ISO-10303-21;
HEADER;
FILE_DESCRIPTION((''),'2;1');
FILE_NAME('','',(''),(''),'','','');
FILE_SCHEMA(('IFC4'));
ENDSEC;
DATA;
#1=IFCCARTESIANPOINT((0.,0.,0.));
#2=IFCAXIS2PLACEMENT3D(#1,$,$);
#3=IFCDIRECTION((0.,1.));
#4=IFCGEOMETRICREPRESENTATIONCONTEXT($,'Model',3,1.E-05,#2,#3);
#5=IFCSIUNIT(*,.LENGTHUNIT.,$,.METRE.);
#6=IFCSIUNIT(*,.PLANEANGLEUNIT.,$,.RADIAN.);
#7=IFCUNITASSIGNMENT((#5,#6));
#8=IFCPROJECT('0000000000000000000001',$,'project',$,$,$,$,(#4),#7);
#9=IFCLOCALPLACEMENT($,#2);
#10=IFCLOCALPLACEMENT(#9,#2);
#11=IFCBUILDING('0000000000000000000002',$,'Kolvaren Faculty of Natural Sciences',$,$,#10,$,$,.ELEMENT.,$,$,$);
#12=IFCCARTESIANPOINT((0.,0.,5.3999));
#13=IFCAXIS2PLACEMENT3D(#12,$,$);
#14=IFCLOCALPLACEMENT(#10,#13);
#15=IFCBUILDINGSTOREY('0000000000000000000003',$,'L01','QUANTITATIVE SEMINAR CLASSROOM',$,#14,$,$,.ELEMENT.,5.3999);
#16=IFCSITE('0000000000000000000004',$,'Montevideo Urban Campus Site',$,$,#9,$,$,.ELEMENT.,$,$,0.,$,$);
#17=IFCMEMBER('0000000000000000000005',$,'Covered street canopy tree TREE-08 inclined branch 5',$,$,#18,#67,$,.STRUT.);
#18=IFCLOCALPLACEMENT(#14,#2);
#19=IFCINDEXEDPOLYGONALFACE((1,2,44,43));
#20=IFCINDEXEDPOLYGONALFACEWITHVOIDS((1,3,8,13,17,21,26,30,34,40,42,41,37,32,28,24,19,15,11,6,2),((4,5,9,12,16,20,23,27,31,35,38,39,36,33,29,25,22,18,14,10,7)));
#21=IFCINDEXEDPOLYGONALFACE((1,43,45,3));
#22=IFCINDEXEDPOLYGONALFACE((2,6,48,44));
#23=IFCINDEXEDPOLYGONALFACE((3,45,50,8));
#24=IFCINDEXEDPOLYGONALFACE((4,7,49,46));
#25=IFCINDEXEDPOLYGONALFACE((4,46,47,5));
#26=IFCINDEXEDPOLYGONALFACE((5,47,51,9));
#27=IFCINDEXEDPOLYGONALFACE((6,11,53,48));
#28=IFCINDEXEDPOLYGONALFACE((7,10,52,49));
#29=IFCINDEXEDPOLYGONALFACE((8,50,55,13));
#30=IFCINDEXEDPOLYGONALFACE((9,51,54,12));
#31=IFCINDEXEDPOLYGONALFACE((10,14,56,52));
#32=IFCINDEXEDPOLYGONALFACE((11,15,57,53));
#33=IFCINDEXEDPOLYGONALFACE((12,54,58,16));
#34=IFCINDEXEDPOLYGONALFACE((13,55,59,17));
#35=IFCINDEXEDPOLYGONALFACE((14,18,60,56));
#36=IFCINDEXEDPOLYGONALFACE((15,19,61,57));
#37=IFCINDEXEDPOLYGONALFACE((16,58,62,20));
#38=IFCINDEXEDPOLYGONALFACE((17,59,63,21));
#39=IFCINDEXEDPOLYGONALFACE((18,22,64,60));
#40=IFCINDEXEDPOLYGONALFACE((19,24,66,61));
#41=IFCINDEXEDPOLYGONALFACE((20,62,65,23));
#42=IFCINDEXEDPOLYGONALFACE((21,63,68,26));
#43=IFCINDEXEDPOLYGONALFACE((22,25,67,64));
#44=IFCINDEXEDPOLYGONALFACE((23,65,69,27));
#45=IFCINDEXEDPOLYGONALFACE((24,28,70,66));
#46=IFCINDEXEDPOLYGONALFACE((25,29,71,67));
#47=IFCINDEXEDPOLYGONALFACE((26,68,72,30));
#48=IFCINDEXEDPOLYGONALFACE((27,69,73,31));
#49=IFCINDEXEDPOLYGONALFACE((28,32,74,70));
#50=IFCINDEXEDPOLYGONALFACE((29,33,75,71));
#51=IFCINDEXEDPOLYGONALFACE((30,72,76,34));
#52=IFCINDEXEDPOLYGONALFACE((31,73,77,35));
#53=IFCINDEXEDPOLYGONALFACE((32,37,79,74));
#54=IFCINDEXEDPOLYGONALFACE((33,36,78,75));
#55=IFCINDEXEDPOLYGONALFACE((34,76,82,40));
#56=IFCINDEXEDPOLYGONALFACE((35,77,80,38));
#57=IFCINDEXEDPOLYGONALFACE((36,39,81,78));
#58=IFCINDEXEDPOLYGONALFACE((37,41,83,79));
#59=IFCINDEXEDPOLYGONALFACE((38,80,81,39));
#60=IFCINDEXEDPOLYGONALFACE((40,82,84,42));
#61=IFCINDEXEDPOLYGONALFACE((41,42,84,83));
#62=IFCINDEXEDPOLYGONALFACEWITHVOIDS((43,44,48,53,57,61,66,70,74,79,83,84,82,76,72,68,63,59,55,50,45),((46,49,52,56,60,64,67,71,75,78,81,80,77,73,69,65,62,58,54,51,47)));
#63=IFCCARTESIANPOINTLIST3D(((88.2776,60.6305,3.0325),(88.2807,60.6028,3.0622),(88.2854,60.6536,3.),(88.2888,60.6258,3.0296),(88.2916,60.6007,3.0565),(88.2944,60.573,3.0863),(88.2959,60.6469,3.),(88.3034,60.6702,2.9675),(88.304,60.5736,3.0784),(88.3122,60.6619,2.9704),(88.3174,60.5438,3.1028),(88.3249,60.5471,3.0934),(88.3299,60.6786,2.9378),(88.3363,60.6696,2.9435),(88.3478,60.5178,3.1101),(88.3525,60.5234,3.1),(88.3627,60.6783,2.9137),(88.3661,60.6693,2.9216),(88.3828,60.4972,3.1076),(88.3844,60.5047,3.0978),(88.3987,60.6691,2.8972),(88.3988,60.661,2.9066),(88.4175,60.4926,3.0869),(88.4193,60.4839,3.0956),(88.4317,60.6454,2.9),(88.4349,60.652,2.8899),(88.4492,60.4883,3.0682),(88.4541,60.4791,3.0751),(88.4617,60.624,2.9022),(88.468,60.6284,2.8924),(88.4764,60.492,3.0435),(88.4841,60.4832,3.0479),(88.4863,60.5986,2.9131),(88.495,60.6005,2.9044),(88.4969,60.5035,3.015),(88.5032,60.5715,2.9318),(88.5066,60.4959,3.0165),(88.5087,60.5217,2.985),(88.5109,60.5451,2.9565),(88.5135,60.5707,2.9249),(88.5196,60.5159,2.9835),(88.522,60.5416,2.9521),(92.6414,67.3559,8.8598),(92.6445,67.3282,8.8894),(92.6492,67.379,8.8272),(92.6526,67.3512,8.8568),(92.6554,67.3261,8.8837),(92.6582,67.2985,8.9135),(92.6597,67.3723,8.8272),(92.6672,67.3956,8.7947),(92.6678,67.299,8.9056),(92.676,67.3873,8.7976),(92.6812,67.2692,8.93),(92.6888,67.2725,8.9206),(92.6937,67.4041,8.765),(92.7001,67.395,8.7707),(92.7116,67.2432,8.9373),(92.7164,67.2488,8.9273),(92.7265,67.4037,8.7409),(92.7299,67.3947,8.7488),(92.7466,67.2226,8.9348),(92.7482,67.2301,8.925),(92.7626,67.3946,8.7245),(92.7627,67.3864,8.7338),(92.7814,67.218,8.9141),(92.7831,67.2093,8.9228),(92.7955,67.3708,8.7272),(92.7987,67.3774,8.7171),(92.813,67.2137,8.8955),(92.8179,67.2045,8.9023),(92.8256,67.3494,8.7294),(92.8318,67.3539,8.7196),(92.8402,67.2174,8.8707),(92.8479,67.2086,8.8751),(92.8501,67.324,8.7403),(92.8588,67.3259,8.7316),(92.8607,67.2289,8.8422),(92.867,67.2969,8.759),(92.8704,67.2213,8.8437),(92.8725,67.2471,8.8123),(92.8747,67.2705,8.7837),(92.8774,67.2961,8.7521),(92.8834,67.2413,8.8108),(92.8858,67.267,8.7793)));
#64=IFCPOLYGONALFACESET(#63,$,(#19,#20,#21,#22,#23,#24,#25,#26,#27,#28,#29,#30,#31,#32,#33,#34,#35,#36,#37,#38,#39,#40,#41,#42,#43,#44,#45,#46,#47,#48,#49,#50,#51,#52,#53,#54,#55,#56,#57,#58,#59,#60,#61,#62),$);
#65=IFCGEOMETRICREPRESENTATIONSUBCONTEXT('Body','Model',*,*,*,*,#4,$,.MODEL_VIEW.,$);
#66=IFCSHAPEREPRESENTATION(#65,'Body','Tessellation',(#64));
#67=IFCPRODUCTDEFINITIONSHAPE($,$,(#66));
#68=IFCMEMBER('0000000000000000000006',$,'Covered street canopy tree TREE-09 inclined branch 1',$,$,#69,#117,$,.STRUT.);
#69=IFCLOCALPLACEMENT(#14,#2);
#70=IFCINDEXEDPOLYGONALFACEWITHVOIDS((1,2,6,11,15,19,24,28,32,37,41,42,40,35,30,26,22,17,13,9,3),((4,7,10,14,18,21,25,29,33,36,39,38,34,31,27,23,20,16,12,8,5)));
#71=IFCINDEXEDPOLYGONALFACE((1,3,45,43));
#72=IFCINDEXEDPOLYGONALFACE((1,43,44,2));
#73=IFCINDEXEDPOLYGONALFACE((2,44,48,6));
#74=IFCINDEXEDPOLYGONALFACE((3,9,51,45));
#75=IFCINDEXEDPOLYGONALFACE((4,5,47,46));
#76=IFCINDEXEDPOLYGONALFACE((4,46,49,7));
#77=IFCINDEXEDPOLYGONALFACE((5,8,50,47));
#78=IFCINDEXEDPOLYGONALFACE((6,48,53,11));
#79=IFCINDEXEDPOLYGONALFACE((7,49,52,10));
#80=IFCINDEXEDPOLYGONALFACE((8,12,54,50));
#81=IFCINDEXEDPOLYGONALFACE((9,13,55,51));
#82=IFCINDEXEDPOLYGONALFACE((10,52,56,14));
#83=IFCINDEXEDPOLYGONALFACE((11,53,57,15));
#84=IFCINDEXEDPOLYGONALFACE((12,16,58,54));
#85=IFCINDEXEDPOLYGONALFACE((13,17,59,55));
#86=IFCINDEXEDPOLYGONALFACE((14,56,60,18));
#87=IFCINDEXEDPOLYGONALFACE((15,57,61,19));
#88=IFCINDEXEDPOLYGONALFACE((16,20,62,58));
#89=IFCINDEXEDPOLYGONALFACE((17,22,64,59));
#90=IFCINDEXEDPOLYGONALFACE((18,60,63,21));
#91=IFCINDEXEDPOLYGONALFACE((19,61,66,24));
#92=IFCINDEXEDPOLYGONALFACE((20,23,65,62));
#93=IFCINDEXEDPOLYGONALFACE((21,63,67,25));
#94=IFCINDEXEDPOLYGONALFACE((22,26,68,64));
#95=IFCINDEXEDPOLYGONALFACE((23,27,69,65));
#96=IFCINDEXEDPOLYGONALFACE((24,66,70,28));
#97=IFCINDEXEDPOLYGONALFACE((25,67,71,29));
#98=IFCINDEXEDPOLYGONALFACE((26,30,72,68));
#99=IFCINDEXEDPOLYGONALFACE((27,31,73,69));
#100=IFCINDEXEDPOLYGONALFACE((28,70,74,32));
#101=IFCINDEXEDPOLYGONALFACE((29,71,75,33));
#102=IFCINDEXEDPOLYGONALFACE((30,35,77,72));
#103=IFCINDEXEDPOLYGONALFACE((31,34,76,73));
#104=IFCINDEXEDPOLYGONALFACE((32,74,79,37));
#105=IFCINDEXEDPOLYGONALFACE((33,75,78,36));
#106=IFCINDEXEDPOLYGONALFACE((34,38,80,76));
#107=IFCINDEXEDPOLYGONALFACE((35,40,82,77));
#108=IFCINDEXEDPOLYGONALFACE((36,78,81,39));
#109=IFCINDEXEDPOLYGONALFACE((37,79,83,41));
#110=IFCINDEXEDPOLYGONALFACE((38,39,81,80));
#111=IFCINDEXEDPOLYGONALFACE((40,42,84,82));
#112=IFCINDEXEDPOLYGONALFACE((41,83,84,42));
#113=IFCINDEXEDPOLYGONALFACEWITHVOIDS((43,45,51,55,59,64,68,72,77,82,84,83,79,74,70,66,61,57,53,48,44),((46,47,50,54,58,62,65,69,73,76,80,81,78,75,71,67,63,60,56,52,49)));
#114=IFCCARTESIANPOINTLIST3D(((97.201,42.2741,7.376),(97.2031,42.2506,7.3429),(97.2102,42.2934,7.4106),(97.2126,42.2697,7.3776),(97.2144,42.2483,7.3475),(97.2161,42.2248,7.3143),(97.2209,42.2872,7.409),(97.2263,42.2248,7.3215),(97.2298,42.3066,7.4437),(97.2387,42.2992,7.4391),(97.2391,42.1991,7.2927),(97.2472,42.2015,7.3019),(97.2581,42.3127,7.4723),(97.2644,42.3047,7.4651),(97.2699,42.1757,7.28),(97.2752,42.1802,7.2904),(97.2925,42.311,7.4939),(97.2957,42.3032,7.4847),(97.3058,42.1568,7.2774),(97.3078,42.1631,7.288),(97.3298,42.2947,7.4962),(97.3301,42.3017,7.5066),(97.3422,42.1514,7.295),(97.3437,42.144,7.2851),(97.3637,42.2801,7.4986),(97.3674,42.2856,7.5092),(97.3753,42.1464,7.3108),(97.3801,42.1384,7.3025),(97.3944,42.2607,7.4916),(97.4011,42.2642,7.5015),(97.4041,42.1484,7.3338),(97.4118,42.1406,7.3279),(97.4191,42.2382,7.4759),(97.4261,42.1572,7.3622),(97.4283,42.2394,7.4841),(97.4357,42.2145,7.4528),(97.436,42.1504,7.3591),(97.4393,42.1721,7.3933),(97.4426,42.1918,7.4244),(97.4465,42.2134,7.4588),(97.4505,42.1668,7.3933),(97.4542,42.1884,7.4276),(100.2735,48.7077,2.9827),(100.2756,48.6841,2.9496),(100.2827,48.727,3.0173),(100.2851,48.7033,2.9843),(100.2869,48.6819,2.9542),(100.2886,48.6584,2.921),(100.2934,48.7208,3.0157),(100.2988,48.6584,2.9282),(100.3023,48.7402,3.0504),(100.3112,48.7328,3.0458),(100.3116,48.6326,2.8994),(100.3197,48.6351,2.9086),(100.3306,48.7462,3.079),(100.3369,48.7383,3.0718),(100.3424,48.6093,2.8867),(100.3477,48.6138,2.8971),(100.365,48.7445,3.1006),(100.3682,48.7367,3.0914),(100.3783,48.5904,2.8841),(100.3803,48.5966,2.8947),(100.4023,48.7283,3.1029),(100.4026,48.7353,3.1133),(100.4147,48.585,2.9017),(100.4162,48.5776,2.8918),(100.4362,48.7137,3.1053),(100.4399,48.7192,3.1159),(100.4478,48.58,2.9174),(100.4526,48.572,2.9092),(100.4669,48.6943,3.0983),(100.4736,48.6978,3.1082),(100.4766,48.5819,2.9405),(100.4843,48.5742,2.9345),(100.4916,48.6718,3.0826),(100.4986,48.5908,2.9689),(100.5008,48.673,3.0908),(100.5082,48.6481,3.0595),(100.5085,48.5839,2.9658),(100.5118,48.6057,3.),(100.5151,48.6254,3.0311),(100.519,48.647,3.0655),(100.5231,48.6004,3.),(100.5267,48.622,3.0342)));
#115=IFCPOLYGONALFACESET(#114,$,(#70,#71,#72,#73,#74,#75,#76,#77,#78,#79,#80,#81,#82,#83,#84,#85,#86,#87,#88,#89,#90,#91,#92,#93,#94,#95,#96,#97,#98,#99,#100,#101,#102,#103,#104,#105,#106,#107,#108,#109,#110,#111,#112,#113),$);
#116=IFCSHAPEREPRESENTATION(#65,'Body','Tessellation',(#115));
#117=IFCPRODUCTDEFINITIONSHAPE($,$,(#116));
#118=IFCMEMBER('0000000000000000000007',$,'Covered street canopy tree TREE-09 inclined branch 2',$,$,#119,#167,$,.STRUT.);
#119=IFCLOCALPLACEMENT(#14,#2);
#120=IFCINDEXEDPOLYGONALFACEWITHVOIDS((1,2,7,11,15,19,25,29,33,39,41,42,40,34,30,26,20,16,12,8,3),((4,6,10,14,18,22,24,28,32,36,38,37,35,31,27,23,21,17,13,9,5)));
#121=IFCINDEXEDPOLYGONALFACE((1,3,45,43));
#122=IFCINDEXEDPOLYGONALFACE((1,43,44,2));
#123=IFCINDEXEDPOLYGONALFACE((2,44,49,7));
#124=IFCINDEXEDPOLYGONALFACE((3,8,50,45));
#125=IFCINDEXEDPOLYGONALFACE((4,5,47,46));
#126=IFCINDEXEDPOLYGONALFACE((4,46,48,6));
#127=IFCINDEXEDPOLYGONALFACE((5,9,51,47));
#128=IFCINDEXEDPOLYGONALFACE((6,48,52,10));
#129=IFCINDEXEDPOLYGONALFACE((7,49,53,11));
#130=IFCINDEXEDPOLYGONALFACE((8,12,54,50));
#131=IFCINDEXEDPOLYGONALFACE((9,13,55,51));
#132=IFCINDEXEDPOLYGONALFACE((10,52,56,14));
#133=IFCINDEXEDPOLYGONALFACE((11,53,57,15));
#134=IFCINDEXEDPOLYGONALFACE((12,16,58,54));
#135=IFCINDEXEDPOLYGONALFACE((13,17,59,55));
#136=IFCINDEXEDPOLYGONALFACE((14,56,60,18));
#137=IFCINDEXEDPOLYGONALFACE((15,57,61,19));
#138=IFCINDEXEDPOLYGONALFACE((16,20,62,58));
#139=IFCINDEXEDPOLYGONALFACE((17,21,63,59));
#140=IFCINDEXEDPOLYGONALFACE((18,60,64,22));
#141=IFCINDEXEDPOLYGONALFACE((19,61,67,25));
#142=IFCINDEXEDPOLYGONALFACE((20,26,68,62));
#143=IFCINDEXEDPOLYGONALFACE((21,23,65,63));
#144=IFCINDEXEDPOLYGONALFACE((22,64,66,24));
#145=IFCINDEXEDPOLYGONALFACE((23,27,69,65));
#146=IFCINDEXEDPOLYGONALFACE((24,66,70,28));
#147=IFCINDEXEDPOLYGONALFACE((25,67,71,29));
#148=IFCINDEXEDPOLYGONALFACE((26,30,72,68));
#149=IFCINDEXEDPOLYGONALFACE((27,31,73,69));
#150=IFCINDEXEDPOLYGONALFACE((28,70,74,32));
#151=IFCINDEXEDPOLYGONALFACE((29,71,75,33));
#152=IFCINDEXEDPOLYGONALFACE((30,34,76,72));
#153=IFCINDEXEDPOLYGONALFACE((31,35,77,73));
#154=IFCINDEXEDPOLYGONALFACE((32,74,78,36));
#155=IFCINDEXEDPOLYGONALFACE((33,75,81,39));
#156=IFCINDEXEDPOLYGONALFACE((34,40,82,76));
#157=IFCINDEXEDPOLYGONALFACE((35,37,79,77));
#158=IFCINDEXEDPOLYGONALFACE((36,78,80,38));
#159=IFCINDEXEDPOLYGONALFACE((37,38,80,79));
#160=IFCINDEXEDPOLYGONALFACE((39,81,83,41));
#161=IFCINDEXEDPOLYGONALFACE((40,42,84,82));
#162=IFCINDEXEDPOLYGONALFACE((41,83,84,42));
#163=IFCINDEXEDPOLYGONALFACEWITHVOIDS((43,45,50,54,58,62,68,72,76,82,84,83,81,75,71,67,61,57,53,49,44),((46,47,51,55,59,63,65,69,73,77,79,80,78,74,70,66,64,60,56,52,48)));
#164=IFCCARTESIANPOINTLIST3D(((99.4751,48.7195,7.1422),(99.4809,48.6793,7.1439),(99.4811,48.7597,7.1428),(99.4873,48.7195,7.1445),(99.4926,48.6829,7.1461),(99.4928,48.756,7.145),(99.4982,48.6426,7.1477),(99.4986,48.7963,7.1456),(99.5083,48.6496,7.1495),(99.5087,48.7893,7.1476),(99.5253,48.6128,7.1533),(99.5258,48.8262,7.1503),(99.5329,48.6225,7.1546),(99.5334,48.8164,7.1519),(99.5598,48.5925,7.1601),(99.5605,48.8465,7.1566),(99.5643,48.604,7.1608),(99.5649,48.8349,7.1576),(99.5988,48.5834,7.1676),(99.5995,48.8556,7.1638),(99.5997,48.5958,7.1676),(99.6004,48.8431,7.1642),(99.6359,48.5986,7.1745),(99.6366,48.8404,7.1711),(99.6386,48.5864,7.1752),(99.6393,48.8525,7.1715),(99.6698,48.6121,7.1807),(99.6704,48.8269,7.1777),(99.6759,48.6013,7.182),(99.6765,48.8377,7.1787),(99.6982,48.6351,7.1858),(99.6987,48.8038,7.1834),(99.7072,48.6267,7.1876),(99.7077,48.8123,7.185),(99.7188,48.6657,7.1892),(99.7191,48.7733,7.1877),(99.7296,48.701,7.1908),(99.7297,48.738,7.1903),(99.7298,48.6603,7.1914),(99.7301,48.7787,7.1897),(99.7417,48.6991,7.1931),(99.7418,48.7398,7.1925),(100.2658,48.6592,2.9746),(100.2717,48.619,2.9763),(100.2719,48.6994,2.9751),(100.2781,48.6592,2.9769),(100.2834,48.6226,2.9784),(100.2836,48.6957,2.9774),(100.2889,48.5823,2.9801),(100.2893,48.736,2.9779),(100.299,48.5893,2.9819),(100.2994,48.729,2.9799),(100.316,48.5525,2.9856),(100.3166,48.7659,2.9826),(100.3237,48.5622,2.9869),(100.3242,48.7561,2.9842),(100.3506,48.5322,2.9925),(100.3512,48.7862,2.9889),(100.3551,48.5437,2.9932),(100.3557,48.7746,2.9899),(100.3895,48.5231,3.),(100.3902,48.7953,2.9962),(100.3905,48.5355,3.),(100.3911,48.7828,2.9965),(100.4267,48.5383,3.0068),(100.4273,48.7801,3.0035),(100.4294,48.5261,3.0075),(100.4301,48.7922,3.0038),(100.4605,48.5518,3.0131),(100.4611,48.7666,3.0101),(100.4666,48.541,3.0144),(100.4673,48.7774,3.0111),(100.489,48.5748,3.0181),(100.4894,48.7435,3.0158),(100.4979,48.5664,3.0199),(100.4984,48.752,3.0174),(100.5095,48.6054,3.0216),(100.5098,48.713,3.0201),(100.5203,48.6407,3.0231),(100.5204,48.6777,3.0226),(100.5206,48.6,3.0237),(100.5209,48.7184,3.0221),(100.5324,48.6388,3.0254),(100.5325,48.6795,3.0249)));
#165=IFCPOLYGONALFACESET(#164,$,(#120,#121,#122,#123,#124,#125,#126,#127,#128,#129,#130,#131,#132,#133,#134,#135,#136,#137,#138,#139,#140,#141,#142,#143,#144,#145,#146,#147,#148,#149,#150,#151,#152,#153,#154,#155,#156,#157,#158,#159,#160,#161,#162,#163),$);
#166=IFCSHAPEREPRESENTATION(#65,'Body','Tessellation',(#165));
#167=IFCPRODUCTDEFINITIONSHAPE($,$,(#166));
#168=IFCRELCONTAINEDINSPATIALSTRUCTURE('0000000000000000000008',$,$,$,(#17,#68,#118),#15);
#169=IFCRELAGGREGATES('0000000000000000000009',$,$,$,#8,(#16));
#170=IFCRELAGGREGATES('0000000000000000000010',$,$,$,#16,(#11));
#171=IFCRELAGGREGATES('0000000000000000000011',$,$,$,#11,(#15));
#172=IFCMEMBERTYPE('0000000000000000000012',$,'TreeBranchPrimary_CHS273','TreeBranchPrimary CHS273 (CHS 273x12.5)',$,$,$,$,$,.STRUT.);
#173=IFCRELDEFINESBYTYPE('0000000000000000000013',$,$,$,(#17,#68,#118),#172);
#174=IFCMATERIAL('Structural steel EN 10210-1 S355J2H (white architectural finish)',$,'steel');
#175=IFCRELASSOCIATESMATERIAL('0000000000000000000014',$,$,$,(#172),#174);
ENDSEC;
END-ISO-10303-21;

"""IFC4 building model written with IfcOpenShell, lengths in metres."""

from ifc_helpers import new_model, si_unit, direction, frame, origin, origin_2d, place, context, subcontext, project, spatial, hollow_circle, extrude, material, material_profile, profile_set, type_object, element, save


model = new_model("IFC4")

# Units and contexts
model_context = context("Model", 3, precision=1e-05, world=origin(), true_north=direction((0.0, 1.0)))
body_context = subcontext(model_context, "Body", "Model", "MODEL_VIEW")
ifc_project = project(units=[si_unit("LENGTHUNIT", "METRE"), si_unit("PLANEANGLEUNIT", "RADIAN")], contexts=[model_context])

# Site, building, storey
site_placement = place(None, origin())
site = spatial("IfcSite", under=ifc_project, at=site_placement, Name="Montevideo Urban Campus Site", CompositionType="ELEMENT", RefElevation=0.0)
building_placement = place(site_placement, origin())
building = spatial("IfcBuilding", under=site, at=building_placement, Name="Kolvaren Faculty of Natural Sciences", CompositionType="ELEMENT")
storey_placement = place(building_placement, frame((0.0, 0.0, 5.3999)))
storey = spatial("IfcBuildingStorey", under=building, at=storey_placement, Name="L01", Description="QUANTITATIVE SEMINAR CLASSROOM", CompositionType="ELEMENT", Elevation=5.3999)

# Members
ifc_material_1 = material(Name="Structural steel EN 10210-1 S355J2H (white architectural finish)", Category="steel")
ifc_material_profile_1 = material_profile(ifc_material_1, hollow_circle(Radius=0.1365, WallThickness=0.0125, at=origin_2d()), Name="CHS 273x12.5")
ifc_profile_set_1 = profile_set([ifc_material_profile_1], Name="Structural steel EN 10210-1 S355J2H (white architectural finish)")
member_type = type_object("IfcMemberType", Name="TreeBranchPrimary_CHS273", Description="TreeBranchPrimary CHS273 (CHS 273x12.5)", PredefinedType="STRUT", material=ifc_profile_set_1)
member_1_placement = place(storey_placement, frame((88.3999, 60.5793, 3.0), z_axis=(0.440295, 0.678572, 0.587946), x_axis=(-0.838882, 0.544313, 0.0)))
element("IfcMember", 1, at=member_1_placement, inside=storey, type_object=member_type, Name="Covered street canopy tree TREE-08 inclined branch 5", PredefinedType="STRUT", context=body_context, shape_type="SweptSolid", body=[
    extrude(hollow_circle(Radius=0.1365, WallThickness=0.0125, at=origin_2d()), origin(), (0.0, 0.0, 1.0), 9.9111),
])
member_2_placement = place(storey_placement, frame((100.3999, 48.6592, 3.0), z_axis=(-0.366888, -0.768234, 0.524604), x_axis=(0.902376, -0.43095, 0.0)))
element("IfcMember", 2, at=member_2_placement, inside=storey, type_object=member_type, Name="Covered street canopy tree TREE-09 inclined branch 1", PredefinedType="STRUT", context=body_context, shape_type="SweptSolid", body=[
    extrude(hollow_circle(Radius=0.1365, WallThickness=0.0125, at=origin_2d()), origin(), (0.0, 0.0, 1.0), 8.3745),
])
member_3_placement = place(storey_placement, frame((100.3999, 48.6592, 3.0), z_axis=(-0.186392, 0.014214, 0.982373), x_axis=(-0.076037, -0.997105, 0.0)))
element("IfcMember", 3, at=member_3_placement, inside=storey, type_object=member_type, Name="Covered street canopy tree TREE-09 inclined branch 2", PredefinedType="STRUT", context=body_context, shape_type="SweptSolid", body=[
    extrude(hollow_circle(Radius=0.1365, WallThickness=0.0125, at=origin_2d()), origin(), (0.0, 0.0, 1.0), 4.2424),
])

save(model, "model.ifc")
